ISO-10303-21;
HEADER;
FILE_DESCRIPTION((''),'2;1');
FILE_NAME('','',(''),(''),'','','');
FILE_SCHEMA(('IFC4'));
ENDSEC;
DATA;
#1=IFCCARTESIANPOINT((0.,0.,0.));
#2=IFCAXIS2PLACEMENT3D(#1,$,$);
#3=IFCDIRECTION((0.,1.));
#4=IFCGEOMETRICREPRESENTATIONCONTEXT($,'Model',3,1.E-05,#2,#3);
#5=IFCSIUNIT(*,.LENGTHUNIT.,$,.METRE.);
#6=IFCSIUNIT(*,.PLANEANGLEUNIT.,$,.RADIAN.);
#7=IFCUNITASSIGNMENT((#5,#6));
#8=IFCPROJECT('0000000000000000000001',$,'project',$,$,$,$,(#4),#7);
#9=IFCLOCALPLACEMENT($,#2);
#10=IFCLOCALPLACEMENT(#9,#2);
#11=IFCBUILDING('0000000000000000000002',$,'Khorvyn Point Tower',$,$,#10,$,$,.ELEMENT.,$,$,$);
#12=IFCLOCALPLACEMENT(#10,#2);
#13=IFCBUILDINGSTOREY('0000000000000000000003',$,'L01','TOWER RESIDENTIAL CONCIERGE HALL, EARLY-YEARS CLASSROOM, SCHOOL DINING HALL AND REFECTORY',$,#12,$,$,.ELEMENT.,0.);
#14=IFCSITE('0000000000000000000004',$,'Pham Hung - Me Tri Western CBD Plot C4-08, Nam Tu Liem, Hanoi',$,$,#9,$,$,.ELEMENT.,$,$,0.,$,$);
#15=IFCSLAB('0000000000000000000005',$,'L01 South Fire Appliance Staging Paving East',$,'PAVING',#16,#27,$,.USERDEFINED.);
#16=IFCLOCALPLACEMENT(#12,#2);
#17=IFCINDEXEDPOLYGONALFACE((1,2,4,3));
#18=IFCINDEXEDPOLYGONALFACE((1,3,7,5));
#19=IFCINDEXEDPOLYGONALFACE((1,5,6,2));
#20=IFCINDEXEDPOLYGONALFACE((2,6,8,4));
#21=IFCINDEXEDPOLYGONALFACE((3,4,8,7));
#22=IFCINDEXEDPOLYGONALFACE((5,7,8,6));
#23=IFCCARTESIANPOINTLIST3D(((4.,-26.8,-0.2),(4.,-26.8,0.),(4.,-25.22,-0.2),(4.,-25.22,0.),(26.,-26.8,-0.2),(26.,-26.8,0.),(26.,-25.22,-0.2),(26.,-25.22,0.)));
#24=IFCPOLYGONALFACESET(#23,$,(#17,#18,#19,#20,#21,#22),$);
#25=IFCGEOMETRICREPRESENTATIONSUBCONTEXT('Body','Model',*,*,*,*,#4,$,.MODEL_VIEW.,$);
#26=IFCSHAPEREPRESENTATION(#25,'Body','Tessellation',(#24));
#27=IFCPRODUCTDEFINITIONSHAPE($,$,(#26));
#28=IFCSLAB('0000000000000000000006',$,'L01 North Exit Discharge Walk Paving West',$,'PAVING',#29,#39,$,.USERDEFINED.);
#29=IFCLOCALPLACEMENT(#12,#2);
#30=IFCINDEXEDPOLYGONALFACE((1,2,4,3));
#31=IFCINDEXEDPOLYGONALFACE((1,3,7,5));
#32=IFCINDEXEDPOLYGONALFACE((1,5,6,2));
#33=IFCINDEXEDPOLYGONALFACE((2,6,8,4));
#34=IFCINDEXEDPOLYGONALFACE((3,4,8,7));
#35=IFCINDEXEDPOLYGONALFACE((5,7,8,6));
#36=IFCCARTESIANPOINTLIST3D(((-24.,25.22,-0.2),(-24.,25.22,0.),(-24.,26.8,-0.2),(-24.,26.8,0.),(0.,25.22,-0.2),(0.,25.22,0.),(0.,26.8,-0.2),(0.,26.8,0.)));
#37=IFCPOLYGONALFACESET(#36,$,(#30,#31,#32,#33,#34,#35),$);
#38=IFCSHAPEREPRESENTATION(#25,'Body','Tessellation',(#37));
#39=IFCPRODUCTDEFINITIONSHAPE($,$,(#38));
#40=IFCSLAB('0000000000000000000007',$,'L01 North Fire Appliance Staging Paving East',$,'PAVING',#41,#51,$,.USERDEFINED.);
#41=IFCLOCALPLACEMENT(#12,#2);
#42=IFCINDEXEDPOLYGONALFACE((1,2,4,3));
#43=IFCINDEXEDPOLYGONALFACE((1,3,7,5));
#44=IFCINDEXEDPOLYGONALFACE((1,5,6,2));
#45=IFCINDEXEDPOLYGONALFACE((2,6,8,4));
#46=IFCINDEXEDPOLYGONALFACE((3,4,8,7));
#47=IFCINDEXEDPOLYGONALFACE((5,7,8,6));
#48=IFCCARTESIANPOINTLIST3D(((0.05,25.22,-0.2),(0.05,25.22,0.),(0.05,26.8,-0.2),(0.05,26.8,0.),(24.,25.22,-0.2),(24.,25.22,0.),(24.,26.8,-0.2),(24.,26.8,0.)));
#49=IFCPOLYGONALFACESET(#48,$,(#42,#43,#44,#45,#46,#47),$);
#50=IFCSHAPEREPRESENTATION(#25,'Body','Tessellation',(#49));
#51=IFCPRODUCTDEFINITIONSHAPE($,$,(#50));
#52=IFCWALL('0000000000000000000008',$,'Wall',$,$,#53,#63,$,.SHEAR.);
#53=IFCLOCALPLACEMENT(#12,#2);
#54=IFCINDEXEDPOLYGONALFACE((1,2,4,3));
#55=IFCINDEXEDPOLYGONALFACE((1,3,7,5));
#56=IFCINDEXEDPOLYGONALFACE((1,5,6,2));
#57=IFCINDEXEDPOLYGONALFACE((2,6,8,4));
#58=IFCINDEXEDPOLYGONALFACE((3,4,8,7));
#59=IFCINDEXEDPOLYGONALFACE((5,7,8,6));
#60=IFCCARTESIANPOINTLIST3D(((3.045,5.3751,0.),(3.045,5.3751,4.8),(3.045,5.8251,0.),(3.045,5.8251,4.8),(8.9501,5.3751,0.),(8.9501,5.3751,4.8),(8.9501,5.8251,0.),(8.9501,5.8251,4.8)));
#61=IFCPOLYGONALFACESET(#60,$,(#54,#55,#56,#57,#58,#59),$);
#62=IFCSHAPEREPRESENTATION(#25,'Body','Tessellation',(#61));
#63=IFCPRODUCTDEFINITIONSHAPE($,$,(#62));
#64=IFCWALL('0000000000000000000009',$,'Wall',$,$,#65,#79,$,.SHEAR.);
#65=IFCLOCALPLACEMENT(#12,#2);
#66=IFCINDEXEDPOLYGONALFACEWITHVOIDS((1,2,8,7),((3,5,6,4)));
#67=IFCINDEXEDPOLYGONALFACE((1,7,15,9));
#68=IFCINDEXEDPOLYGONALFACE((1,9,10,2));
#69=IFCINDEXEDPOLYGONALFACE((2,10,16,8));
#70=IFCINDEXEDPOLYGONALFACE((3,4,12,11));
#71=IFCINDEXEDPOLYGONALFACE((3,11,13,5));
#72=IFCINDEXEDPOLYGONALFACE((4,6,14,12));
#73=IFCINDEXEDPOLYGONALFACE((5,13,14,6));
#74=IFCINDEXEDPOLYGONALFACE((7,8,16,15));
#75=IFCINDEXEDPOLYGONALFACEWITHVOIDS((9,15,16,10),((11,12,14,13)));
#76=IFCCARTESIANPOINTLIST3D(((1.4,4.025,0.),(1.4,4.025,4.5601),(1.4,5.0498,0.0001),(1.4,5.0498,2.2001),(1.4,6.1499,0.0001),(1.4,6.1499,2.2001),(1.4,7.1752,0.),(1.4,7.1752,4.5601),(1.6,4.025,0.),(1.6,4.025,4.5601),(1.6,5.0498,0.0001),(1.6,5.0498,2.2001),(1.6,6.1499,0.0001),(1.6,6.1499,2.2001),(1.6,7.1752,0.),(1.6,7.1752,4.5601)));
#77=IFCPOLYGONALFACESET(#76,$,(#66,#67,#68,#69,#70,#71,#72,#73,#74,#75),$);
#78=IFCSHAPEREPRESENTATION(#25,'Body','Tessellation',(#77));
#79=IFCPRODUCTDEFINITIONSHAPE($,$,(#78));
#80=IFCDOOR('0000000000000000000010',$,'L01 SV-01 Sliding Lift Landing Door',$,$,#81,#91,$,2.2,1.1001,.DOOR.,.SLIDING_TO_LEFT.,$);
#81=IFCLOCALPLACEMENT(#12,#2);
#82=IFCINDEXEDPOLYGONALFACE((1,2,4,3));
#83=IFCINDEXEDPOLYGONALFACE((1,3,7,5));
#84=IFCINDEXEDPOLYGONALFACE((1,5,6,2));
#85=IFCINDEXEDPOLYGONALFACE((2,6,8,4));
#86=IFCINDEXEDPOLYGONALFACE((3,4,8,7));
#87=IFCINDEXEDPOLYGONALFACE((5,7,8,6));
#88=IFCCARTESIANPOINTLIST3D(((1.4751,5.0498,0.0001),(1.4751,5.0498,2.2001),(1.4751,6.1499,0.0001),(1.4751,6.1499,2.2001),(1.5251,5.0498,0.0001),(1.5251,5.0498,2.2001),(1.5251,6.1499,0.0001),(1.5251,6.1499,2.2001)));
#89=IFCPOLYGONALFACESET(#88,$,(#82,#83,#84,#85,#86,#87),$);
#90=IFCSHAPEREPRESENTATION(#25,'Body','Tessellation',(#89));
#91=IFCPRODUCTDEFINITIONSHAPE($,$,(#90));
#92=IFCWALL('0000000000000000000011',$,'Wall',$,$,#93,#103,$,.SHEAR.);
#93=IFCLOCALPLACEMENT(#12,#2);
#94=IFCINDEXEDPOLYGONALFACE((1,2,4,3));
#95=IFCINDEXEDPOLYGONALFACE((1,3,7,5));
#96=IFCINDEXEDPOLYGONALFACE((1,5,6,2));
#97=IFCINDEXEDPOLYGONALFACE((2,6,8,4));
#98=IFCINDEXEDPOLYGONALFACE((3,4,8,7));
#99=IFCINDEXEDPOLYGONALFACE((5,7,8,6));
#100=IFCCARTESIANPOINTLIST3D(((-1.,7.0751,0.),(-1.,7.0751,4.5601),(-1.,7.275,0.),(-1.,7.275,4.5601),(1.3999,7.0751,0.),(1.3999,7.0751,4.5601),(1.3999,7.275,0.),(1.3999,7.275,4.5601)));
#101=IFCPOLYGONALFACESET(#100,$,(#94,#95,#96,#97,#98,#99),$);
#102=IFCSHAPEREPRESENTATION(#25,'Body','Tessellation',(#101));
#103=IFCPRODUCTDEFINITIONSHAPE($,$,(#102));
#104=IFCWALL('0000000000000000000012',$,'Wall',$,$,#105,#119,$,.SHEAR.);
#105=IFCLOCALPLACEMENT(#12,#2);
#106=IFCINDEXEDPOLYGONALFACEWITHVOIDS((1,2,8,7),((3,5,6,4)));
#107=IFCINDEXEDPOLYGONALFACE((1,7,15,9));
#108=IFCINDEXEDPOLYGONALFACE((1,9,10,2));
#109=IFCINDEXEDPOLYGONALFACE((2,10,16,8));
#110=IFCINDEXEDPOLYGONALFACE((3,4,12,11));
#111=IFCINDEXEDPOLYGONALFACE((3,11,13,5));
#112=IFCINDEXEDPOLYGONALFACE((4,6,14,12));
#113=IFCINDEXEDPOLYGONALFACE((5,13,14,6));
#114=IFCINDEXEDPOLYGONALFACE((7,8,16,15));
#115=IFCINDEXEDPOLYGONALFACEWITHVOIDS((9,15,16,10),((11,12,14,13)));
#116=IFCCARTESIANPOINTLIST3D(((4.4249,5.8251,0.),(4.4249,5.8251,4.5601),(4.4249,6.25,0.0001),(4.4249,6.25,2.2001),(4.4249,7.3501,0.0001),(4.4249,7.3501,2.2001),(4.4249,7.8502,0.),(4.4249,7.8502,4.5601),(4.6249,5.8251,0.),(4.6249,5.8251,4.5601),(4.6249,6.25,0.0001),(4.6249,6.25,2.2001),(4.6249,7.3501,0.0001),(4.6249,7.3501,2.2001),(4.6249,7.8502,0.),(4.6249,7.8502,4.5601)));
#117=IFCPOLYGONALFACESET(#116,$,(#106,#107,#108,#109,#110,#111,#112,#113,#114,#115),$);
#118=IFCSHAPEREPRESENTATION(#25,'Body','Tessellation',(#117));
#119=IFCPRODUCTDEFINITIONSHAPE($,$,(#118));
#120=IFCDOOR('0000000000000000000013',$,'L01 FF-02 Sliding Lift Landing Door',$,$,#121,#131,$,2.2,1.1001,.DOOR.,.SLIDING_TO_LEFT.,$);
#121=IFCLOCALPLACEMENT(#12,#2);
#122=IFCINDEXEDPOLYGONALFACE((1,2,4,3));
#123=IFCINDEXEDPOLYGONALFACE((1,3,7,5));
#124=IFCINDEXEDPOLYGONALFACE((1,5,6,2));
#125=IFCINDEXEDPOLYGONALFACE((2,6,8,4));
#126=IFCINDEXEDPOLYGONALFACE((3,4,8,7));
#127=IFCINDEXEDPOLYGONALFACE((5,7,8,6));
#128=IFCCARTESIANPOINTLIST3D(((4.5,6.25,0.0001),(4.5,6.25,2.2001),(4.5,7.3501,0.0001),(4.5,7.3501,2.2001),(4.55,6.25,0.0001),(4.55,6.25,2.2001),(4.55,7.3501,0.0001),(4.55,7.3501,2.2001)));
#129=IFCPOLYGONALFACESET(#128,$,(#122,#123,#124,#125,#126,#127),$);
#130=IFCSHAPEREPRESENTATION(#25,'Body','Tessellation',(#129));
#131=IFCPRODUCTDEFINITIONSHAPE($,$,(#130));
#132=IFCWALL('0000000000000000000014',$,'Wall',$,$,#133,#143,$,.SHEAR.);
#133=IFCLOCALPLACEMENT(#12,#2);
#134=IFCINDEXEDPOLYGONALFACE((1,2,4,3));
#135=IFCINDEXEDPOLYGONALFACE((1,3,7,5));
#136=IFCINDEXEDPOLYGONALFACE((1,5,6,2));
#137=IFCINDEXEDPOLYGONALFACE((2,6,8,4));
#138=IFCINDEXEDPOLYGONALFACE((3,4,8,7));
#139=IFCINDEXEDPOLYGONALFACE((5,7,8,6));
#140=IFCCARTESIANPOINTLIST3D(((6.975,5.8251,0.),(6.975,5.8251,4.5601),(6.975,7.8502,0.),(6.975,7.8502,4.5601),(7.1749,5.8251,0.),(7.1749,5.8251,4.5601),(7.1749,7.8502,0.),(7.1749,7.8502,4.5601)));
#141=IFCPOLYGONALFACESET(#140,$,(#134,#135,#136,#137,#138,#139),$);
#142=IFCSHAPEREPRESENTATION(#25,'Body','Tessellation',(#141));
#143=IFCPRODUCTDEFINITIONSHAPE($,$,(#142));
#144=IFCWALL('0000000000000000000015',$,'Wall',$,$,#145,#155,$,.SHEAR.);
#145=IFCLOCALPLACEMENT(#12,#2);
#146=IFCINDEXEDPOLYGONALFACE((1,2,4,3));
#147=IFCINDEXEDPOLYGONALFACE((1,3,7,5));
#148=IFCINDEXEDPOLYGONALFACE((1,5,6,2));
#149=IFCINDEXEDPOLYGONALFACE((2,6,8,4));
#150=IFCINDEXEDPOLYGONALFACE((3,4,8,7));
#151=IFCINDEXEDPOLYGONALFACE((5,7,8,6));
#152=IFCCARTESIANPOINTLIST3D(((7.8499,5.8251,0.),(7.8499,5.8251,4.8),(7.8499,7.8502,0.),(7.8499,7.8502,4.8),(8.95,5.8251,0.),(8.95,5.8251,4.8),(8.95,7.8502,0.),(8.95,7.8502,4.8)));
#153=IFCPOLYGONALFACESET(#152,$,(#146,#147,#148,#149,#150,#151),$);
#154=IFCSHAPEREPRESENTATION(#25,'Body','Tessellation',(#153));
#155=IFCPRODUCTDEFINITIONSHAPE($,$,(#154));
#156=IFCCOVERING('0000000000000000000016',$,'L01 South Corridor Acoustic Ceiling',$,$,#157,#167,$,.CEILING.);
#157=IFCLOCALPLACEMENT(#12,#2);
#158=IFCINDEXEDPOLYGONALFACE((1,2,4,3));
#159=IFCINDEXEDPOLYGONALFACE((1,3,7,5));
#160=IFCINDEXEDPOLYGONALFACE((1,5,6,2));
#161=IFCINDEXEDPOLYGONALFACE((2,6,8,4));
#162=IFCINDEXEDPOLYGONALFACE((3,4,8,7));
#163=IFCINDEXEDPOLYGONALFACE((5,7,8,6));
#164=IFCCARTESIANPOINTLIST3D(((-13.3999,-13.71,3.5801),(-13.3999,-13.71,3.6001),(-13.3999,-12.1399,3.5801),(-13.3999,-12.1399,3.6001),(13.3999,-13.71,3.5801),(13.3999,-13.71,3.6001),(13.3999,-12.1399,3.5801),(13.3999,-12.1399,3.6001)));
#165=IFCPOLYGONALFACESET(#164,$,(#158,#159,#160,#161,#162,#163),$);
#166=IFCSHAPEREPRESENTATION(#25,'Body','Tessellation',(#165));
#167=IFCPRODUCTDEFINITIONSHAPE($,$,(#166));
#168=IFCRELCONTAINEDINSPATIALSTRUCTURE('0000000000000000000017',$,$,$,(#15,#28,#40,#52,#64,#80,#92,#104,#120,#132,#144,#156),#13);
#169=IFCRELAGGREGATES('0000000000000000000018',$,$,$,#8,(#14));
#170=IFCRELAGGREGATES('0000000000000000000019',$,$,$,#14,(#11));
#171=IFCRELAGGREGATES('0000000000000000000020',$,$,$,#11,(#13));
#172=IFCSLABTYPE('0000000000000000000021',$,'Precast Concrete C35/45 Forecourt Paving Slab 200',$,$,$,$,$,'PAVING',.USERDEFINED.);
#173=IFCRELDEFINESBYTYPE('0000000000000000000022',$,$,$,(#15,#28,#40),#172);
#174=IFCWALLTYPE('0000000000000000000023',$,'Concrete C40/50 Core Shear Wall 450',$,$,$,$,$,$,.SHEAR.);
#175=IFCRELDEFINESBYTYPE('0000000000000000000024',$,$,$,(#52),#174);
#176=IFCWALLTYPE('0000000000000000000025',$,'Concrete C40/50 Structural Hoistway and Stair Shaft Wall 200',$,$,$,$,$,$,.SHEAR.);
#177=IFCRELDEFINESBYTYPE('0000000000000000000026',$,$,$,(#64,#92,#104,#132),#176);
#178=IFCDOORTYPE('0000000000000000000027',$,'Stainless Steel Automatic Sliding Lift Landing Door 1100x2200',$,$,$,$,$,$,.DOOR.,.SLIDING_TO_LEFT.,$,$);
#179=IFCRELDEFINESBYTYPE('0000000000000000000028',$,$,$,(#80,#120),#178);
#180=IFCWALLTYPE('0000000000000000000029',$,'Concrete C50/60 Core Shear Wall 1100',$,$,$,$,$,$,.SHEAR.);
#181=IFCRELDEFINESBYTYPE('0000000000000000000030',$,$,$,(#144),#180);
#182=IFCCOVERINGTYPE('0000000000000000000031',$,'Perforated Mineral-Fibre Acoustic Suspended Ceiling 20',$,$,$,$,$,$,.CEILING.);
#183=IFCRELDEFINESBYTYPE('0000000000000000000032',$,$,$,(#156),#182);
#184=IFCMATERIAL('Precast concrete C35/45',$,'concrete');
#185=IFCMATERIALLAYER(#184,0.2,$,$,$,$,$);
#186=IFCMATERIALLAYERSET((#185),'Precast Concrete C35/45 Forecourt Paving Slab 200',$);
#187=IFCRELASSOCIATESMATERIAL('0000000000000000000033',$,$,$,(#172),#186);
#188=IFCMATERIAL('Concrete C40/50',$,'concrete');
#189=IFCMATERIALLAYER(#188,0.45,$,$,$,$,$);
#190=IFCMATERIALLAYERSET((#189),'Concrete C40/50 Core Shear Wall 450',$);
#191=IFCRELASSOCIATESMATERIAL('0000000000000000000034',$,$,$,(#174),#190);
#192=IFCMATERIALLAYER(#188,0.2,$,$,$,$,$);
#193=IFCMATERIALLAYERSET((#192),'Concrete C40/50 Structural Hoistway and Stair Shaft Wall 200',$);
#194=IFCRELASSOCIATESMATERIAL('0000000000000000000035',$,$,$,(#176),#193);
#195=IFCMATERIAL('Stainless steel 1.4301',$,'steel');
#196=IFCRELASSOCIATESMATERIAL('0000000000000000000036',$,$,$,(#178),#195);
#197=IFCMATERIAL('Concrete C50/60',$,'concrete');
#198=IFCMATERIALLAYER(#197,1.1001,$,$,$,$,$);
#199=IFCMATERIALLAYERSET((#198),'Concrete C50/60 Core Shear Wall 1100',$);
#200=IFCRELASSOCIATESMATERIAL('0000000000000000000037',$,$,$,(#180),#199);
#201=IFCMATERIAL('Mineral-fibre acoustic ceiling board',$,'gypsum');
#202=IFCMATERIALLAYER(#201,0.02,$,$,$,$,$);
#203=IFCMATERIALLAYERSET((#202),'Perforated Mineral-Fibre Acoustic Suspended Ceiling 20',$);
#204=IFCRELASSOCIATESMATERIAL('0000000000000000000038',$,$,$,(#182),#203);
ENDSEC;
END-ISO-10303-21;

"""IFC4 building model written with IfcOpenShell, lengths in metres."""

from ifc_helpers import new_model, si_unit, direction, frame, frame_2d, origin, place, context, subcontext, project, spatial, polyline, rectangle, outline, extrude, material, layer, layer_set, type_object, element, fill, save


model = new_model("IFC4")

# Units and contexts
model_context = context("Model", 3, precision=1e-05, world=origin(), true_north=direction((0.0, 1.0)))
body_context = subcontext(model_context, "Body", "Model", "MODEL_VIEW")
ifc_project = project(units=[si_unit("LENGTHUNIT", "METRE"), si_unit("PLANEANGLEUNIT", "RADIAN")], contexts=[model_context])

# Site, building, storey
site_placement = place(None, origin())
site = spatial("IfcSite", under=ifc_project, at=site_placement, Name="Pham Hung - Me Tri Western CBD Plot C4-08, Nam Tu Liem, Hanoi", CompositionType="ELEMENT", RefElevation=0.0)
building_placement = place(site_placement, origin())
building = spatial("IfcBuilding", under=site, at=building_placement, Name="Khorvyn Point Tower", CompositionType="ELEMENT")
storey_placement = place(building_placement, origin())
storey = spatial("IfcBuildingStorey", under=building, at=storey_placement, Name="L01", Description="TOWER RESIDENTIAL CONCIERGE HALL, EARLY-YEARS CLASSROOM, SCHOOL DINING HALL AND REFECTORY", CompositionType="ELEMENT", Elevation=0.0)

# Shared definitions
ifc_material_1 = material(Name="Concrete C40/50", Category="concrete")
ifc_material_2 = material(Name="Concrete C50/60", Category="concrete")

# Slabs
ifc_material_3 = material(Name="Precast concrete C35/45", Category="concrete")
ifc_layer_1 = layer(ifc_material_3, 0.2)
ifc_layer_set_1 = layer_set([ifc_layer_1], Name="Precast Concrete C35/45 Forecourt Paving Slab 200")
slab_type_1 = type_object("IfcSlabType", Name="Precast Concrete C35/45 Forecourt Paving Slab 200", ElementType="PAVING", PredefinedType="USERDEFINED", material=ifc_layer_set_1)
slab_1_placement = place(storey_placement, frame((0.0, 0.0, -0.2)))
element("IfcSlab", 1, at=slab_1_placement, inside=storey, type_object=slab_type_1, Name="L01 South Fire Appliance Staging Paving East", ObjectType="PAVING", PredefinedType="USERDEFINED", context=body_context, shape_type="SweptSolid", body=[
    extrude(outline(polyline([(4.0, -26.8), (26.0, -26.8), (26.0, -25.22), (4.0, -25.22), (4.0, -26.8)])), origin(), (0.0, 0.0, 1.0), 0.2),
])
slab_2_placement = place(storey_placement, frame((0.0, 0.0, -0.2)))
element("IfcSlab", 2, at=slab_2_placement, inside=storey, type_object=slab_type_1, Name="L01 North Exit Discharge Walk Paving West", ObjectType="PAVING", PredefinedType="USERDEFINED", context=body_context, shape_type="SweptSolid", body=[
    extrude(outline(polyline([(-24.0, 25.22), (0.0, 25.22), (0.0, 26.8), (-24.0, 26.8), (-24.0, 25.22)])), origin(), (0.0, 0.0, 1.0), 0.2),
])
slab_3_placement = place(storey_placement, frame((0.0, 0.0, -0.2)))
element("IfcSlab", 3, at=slab_3_placement, inside=storey, type_object=slab_type_1, Name="L01 North Fire Appliance Staging Paving East", ObjectType="PAVING", PredefinedType="USERDEFINED", context=body_context, shape_type="SweptSolid", body=[
    extrude(outline(polyline([(0.05, 25.22), (24.0, 25.22), (24.0, 26.8), (0.05, 26.8), (0.05, 25.22)])), origin(), (0.0, 0.0, 1.0), 0.2),
])

# Wall
ifc_layer_2 = layer(ifc_material_1, 0.45)
ifc_layer_set_2 = layer_set([ifc_layer_2], Name="Concrete C40/50 Core Shear Wall 450")
wall_type_1 = type_object("IfcWallType", Name="Concrete C40/50 Core Shear Wall 450", PredefinedType="SHEAR", material=ifc_layer_set_2)
wall_1_placement = place(storey_placement, frame((3.0449, 5.6001, 0.0), z_axis=(0.0, 0.0, 1.0), x_axis=(1.0, 0.0, 0.0)))
element("IfcWall", 4, at=wall_1_placement, inside=storey, type_object=wall_type_1, Name="Wall", PredefinedType="SHEAR", context=body_context, shape_type="SweptSolid", body=[
    extrude(rectangle(XDim=5.905, YDim=0.45, at=frame_2d((2.9526, 0.0))), origin(), (0.0, 0.0, 1.0), 4.8),
])

# Wall, opening, door
ifc_layer_3 = layer(ifc_material_1, 0.2)
ifc_layer_set_3 = layer_set([ifc_layer_3], Name="Concrete C40/50 Structural Hoistway and Stair Shaft Wall 200")
wall_type_2 = type_object("IfcWallType", Name="Concrete C40/50 Structural Hoistway and Stair Shaft Wall 200", PredefinedType="SHEAR", material=ifc_layer_set_3)
wall_2_placement = place(storey_placement, frame((1.5, 4.0249, 0.0), z_axis=(0.0, 0.0, 1.0), x_axis=(0.0, 1.0, 0.0)))
wall_2 = element("IfcWall", 5, at=wall_2_placement, inside=storey, type_object=wall_type_2, Name="Wall", PredefinedType="SHEAR", context=body_context, shape_type="SweptSolid", body=[
    extrude(rectangle(XDim=3.1501, YDim=0.2, at=frame_2d((1.5752, 0.0))), origin(), (0.0, 0.0, 1.0), 4.5601),
])
opening_1_placement = place(wall_2_placement, frame((1.0249, 0.0, 0.0)))
opening_1 = element("IfcOpeningElement", 6, at=opening_1_placement, cuts=wall_2, PredefinedType="OPENING", context=body_context, shape_type="SweptSolid", body=[
    extrude(rectangle(XDim=1.1001, YDim=2.2, at=frame_2d((0.55, 1.1001))), frame((0.0, 0.1099, 0.0), z_axis=(0.0, -1.0, 0.0), x_axis=(1.0, 0.0, 0.0)), (0.0, 0.0, 1.0), 0.22),
])
ifc_material_4 = material(Name="Stainless steel 1.4301", Category="steel")
door_type = type_object("IfcDoorType", Name="Stainless Steel Automatic Sliding Lift Landing Door 1100x2200", OperationType="SLIDING_TO_LEFT", PredefinedType="DOOR", material=ifc_material_4)
door_1_placement = place(opening_1_placement, origin())
door_1 = element("IfcDoor", 7, at=door_1_placement, inside=storey, type_object=door_type, Name="L01 SV-01 Sliding Lift Landing Door", OperationType="SLIDING_TO_LEFT", OverallHeight=2.2, OverallWidth=1.1001, PredefinedType="DOOR", context=body_context, shape_type="SweptSolid", body=[
    extrude(rectangle(XDim=1.1001, YDim=2.2, at=frame_2d((0.55, 1.1001))), frame((0.0, 0.0249, 0.0), z_axis=(0.0, -1.0, 0.0), x_axis=(1.0, 0.0, 0.0)), (0.0, 0.0, 1.0), 0.05),
])
fill(opening_1, door_1)

# Wall
wall_3_placement = place(storey_placement, frame((-1.0, 7.175, 0.0), z_axis=(0.0, 0.0, 1.0), x_axis=(1.0, 0.0, 0.0)))
element("IfcWall", 8, at=wall_3_placement, inside=storey, type_object=wall_type_2, Name="Wall", PredefinedType="SHEAR", context=body_context, shape_type="SweptSolid", body=[
    extrude(rectangle(XDim=2.3999, YDim=0.2, at=frame_2d((1.2, 0.0))), origin(), (0.0, 0.0, 1.0), 4.5601),
])

# Wall, opening, door
wall_4_placement = place(storey_placement, frame((4.5249, 5.825, 0.0), z_axis=(0.0, 0.0, 1.0), x_axis=(0.0, 1.0, 0.0)))
wall_4 = element("IfcWall", 9, at=wall_4_placement, inside=storey, type_object=wall_type_2, Name="Wall", PredefinedType="SHEAR", context=body_context, shape_type="SweptSolid", body=[
    extrude(rectangle(XDim=2.0251, YDim=0.2, at=frame_2d((1.0127, 0.0))), origin(), (0.0, 0.0, 1.0), 4.5601),
])
opening_2_placement = place(wall_4_placement, frame((0.425, 0.0, 0.0)))
opening_2 = element("IfcOpeningElement", 10, at=opening_2_placement, cuts=wall_4, PredefinedType="OPENING", context=body_context, shape_type="SweptSolid", body=[
    extrude(rectangle(XDim=1.1001, YDim=2.2, at=frame_2d((0.55, 1.1001))), frame((0.0, 0.1099, 0.0), z_axis=(0.0, -1.0, 0.0), x_axis=(1.0, 0.0, 0.0)), (0.0, 0.0, 1.0), 0.22),
])
door_2_placement = place(opening_2_placement, origin())
door_2 = element("IfcDoor", 11, at=door_2_placement, inside=storey, type_object=door_type, Name="L01 FF-02 Sliding Lift Landing Door", OperationType="SLIDING_TO_LEFT", OverallHeight=2.2, OverallWidth=1.1001, PredefinedType="DOOR", context=body_context, shape_type="SweptSolid", body=[
    extrude(rectangle(XDim=1.1001, YDim=2.2, at=frame_2d((0.55, 1.1001))), frame((0.0, 0.0249, 0.0), z_axis=(0.0, -1.0, 0.0), x_axis=(1.0, 0.0, 0.0)), (0.0, 0.0, 1.0), 0.05),
])
fill(opening_2, door_2)

# Walls
wall_5_placement = place(storey_placement, frame((7.075, 5.825, 0.0), z_axis=(0.0, 0.0, 1.0), x_axis=(0.0, 1.0, 0.0)))
element("IfcWall", 12, at=wall_5_placement, inside=storey, type_object=wall_type_2, Name="Wall", PredefinedType="SHEAR", context=body_context, shape_type="SweptSolid", body=[
    extrude(rectangle(XDim=2.0251, YDim=0.2, at=frame_2d((1.0127, 0.0))), origin(), (0.0, 0.0, 1.0), 4.5601),
])
ifc_layer_4 = layer(ifc_material_2, 1.1001)
ifc_layer_set_4 = layer_set([ifc_layer_4], Name="Concrete C50/60 Core Shear Wall 1100")
wall_type_3 = type_object("IfcWallType", Name="Concrete C50/60 Core Shear Wall 1100", PredefinedType="SHEAR", material=ifc_layer_set_4)
wall_6_placement = place(storey_placement, frame((8.3999, 5.825, 0.0), z_axis=(0.0, 0.0, 1.0), x_axis=(0.0, 1.0, 0.0)))
element("IfcWall", 13, at=wall_6_placement, inside=storey, type_object=wall_type_3, Name="Wall", PredefinedType="SHEAR", context=body_context, shape_type="SweptSolid", body=[
    extrude(rectangle(XDim=2.0251, YDim=1.1001, at=frame_2d((1.0127, 0.0))), origin(), (0.0, 0.0, 1.0), 4.8),
])

# Covering
ifc_material_5 = material(Name="Mineral-fibre acoustic ceiling board", Category="gypsum")
ifc_layer_5 = layer(ifc_material_5, 0.02)
ifc_layer_set_5 = layer_set([ifc_layer_5], Name="Perforated Mineral-Fibre Acoustic Suspended Ceiling 20")
covering_type_1 = type_object("IfcCoveringType", Name="Perforated Mineral-Fibre Acoustic Suspended Ceiling 20", PredefinedType="CEILING", material=ifc_layer_set_5)
covering_1_placement = place(storey_placement, frame((0.0, 0.0, 3.5801)))
element("IfcCovering", 14, at=covering_1_placement, inside=storey, type_object=covering_type_1, Name="L01 South Corridor Acoustic Ceiling", PredefinedType="CEILING", context=body_context, shape_type="SweptSolid", body=[
    extrude(outline(polyline([(-13.3999, -13.71), (13.3999, -13.71), (13.3999, -12.1399), (-13.3999, -12.1399), (-13.3999, -13.71)])), origin(), (0.0, 0.0, 1.0), 0.02),
])

save(model, "model.ifc")
